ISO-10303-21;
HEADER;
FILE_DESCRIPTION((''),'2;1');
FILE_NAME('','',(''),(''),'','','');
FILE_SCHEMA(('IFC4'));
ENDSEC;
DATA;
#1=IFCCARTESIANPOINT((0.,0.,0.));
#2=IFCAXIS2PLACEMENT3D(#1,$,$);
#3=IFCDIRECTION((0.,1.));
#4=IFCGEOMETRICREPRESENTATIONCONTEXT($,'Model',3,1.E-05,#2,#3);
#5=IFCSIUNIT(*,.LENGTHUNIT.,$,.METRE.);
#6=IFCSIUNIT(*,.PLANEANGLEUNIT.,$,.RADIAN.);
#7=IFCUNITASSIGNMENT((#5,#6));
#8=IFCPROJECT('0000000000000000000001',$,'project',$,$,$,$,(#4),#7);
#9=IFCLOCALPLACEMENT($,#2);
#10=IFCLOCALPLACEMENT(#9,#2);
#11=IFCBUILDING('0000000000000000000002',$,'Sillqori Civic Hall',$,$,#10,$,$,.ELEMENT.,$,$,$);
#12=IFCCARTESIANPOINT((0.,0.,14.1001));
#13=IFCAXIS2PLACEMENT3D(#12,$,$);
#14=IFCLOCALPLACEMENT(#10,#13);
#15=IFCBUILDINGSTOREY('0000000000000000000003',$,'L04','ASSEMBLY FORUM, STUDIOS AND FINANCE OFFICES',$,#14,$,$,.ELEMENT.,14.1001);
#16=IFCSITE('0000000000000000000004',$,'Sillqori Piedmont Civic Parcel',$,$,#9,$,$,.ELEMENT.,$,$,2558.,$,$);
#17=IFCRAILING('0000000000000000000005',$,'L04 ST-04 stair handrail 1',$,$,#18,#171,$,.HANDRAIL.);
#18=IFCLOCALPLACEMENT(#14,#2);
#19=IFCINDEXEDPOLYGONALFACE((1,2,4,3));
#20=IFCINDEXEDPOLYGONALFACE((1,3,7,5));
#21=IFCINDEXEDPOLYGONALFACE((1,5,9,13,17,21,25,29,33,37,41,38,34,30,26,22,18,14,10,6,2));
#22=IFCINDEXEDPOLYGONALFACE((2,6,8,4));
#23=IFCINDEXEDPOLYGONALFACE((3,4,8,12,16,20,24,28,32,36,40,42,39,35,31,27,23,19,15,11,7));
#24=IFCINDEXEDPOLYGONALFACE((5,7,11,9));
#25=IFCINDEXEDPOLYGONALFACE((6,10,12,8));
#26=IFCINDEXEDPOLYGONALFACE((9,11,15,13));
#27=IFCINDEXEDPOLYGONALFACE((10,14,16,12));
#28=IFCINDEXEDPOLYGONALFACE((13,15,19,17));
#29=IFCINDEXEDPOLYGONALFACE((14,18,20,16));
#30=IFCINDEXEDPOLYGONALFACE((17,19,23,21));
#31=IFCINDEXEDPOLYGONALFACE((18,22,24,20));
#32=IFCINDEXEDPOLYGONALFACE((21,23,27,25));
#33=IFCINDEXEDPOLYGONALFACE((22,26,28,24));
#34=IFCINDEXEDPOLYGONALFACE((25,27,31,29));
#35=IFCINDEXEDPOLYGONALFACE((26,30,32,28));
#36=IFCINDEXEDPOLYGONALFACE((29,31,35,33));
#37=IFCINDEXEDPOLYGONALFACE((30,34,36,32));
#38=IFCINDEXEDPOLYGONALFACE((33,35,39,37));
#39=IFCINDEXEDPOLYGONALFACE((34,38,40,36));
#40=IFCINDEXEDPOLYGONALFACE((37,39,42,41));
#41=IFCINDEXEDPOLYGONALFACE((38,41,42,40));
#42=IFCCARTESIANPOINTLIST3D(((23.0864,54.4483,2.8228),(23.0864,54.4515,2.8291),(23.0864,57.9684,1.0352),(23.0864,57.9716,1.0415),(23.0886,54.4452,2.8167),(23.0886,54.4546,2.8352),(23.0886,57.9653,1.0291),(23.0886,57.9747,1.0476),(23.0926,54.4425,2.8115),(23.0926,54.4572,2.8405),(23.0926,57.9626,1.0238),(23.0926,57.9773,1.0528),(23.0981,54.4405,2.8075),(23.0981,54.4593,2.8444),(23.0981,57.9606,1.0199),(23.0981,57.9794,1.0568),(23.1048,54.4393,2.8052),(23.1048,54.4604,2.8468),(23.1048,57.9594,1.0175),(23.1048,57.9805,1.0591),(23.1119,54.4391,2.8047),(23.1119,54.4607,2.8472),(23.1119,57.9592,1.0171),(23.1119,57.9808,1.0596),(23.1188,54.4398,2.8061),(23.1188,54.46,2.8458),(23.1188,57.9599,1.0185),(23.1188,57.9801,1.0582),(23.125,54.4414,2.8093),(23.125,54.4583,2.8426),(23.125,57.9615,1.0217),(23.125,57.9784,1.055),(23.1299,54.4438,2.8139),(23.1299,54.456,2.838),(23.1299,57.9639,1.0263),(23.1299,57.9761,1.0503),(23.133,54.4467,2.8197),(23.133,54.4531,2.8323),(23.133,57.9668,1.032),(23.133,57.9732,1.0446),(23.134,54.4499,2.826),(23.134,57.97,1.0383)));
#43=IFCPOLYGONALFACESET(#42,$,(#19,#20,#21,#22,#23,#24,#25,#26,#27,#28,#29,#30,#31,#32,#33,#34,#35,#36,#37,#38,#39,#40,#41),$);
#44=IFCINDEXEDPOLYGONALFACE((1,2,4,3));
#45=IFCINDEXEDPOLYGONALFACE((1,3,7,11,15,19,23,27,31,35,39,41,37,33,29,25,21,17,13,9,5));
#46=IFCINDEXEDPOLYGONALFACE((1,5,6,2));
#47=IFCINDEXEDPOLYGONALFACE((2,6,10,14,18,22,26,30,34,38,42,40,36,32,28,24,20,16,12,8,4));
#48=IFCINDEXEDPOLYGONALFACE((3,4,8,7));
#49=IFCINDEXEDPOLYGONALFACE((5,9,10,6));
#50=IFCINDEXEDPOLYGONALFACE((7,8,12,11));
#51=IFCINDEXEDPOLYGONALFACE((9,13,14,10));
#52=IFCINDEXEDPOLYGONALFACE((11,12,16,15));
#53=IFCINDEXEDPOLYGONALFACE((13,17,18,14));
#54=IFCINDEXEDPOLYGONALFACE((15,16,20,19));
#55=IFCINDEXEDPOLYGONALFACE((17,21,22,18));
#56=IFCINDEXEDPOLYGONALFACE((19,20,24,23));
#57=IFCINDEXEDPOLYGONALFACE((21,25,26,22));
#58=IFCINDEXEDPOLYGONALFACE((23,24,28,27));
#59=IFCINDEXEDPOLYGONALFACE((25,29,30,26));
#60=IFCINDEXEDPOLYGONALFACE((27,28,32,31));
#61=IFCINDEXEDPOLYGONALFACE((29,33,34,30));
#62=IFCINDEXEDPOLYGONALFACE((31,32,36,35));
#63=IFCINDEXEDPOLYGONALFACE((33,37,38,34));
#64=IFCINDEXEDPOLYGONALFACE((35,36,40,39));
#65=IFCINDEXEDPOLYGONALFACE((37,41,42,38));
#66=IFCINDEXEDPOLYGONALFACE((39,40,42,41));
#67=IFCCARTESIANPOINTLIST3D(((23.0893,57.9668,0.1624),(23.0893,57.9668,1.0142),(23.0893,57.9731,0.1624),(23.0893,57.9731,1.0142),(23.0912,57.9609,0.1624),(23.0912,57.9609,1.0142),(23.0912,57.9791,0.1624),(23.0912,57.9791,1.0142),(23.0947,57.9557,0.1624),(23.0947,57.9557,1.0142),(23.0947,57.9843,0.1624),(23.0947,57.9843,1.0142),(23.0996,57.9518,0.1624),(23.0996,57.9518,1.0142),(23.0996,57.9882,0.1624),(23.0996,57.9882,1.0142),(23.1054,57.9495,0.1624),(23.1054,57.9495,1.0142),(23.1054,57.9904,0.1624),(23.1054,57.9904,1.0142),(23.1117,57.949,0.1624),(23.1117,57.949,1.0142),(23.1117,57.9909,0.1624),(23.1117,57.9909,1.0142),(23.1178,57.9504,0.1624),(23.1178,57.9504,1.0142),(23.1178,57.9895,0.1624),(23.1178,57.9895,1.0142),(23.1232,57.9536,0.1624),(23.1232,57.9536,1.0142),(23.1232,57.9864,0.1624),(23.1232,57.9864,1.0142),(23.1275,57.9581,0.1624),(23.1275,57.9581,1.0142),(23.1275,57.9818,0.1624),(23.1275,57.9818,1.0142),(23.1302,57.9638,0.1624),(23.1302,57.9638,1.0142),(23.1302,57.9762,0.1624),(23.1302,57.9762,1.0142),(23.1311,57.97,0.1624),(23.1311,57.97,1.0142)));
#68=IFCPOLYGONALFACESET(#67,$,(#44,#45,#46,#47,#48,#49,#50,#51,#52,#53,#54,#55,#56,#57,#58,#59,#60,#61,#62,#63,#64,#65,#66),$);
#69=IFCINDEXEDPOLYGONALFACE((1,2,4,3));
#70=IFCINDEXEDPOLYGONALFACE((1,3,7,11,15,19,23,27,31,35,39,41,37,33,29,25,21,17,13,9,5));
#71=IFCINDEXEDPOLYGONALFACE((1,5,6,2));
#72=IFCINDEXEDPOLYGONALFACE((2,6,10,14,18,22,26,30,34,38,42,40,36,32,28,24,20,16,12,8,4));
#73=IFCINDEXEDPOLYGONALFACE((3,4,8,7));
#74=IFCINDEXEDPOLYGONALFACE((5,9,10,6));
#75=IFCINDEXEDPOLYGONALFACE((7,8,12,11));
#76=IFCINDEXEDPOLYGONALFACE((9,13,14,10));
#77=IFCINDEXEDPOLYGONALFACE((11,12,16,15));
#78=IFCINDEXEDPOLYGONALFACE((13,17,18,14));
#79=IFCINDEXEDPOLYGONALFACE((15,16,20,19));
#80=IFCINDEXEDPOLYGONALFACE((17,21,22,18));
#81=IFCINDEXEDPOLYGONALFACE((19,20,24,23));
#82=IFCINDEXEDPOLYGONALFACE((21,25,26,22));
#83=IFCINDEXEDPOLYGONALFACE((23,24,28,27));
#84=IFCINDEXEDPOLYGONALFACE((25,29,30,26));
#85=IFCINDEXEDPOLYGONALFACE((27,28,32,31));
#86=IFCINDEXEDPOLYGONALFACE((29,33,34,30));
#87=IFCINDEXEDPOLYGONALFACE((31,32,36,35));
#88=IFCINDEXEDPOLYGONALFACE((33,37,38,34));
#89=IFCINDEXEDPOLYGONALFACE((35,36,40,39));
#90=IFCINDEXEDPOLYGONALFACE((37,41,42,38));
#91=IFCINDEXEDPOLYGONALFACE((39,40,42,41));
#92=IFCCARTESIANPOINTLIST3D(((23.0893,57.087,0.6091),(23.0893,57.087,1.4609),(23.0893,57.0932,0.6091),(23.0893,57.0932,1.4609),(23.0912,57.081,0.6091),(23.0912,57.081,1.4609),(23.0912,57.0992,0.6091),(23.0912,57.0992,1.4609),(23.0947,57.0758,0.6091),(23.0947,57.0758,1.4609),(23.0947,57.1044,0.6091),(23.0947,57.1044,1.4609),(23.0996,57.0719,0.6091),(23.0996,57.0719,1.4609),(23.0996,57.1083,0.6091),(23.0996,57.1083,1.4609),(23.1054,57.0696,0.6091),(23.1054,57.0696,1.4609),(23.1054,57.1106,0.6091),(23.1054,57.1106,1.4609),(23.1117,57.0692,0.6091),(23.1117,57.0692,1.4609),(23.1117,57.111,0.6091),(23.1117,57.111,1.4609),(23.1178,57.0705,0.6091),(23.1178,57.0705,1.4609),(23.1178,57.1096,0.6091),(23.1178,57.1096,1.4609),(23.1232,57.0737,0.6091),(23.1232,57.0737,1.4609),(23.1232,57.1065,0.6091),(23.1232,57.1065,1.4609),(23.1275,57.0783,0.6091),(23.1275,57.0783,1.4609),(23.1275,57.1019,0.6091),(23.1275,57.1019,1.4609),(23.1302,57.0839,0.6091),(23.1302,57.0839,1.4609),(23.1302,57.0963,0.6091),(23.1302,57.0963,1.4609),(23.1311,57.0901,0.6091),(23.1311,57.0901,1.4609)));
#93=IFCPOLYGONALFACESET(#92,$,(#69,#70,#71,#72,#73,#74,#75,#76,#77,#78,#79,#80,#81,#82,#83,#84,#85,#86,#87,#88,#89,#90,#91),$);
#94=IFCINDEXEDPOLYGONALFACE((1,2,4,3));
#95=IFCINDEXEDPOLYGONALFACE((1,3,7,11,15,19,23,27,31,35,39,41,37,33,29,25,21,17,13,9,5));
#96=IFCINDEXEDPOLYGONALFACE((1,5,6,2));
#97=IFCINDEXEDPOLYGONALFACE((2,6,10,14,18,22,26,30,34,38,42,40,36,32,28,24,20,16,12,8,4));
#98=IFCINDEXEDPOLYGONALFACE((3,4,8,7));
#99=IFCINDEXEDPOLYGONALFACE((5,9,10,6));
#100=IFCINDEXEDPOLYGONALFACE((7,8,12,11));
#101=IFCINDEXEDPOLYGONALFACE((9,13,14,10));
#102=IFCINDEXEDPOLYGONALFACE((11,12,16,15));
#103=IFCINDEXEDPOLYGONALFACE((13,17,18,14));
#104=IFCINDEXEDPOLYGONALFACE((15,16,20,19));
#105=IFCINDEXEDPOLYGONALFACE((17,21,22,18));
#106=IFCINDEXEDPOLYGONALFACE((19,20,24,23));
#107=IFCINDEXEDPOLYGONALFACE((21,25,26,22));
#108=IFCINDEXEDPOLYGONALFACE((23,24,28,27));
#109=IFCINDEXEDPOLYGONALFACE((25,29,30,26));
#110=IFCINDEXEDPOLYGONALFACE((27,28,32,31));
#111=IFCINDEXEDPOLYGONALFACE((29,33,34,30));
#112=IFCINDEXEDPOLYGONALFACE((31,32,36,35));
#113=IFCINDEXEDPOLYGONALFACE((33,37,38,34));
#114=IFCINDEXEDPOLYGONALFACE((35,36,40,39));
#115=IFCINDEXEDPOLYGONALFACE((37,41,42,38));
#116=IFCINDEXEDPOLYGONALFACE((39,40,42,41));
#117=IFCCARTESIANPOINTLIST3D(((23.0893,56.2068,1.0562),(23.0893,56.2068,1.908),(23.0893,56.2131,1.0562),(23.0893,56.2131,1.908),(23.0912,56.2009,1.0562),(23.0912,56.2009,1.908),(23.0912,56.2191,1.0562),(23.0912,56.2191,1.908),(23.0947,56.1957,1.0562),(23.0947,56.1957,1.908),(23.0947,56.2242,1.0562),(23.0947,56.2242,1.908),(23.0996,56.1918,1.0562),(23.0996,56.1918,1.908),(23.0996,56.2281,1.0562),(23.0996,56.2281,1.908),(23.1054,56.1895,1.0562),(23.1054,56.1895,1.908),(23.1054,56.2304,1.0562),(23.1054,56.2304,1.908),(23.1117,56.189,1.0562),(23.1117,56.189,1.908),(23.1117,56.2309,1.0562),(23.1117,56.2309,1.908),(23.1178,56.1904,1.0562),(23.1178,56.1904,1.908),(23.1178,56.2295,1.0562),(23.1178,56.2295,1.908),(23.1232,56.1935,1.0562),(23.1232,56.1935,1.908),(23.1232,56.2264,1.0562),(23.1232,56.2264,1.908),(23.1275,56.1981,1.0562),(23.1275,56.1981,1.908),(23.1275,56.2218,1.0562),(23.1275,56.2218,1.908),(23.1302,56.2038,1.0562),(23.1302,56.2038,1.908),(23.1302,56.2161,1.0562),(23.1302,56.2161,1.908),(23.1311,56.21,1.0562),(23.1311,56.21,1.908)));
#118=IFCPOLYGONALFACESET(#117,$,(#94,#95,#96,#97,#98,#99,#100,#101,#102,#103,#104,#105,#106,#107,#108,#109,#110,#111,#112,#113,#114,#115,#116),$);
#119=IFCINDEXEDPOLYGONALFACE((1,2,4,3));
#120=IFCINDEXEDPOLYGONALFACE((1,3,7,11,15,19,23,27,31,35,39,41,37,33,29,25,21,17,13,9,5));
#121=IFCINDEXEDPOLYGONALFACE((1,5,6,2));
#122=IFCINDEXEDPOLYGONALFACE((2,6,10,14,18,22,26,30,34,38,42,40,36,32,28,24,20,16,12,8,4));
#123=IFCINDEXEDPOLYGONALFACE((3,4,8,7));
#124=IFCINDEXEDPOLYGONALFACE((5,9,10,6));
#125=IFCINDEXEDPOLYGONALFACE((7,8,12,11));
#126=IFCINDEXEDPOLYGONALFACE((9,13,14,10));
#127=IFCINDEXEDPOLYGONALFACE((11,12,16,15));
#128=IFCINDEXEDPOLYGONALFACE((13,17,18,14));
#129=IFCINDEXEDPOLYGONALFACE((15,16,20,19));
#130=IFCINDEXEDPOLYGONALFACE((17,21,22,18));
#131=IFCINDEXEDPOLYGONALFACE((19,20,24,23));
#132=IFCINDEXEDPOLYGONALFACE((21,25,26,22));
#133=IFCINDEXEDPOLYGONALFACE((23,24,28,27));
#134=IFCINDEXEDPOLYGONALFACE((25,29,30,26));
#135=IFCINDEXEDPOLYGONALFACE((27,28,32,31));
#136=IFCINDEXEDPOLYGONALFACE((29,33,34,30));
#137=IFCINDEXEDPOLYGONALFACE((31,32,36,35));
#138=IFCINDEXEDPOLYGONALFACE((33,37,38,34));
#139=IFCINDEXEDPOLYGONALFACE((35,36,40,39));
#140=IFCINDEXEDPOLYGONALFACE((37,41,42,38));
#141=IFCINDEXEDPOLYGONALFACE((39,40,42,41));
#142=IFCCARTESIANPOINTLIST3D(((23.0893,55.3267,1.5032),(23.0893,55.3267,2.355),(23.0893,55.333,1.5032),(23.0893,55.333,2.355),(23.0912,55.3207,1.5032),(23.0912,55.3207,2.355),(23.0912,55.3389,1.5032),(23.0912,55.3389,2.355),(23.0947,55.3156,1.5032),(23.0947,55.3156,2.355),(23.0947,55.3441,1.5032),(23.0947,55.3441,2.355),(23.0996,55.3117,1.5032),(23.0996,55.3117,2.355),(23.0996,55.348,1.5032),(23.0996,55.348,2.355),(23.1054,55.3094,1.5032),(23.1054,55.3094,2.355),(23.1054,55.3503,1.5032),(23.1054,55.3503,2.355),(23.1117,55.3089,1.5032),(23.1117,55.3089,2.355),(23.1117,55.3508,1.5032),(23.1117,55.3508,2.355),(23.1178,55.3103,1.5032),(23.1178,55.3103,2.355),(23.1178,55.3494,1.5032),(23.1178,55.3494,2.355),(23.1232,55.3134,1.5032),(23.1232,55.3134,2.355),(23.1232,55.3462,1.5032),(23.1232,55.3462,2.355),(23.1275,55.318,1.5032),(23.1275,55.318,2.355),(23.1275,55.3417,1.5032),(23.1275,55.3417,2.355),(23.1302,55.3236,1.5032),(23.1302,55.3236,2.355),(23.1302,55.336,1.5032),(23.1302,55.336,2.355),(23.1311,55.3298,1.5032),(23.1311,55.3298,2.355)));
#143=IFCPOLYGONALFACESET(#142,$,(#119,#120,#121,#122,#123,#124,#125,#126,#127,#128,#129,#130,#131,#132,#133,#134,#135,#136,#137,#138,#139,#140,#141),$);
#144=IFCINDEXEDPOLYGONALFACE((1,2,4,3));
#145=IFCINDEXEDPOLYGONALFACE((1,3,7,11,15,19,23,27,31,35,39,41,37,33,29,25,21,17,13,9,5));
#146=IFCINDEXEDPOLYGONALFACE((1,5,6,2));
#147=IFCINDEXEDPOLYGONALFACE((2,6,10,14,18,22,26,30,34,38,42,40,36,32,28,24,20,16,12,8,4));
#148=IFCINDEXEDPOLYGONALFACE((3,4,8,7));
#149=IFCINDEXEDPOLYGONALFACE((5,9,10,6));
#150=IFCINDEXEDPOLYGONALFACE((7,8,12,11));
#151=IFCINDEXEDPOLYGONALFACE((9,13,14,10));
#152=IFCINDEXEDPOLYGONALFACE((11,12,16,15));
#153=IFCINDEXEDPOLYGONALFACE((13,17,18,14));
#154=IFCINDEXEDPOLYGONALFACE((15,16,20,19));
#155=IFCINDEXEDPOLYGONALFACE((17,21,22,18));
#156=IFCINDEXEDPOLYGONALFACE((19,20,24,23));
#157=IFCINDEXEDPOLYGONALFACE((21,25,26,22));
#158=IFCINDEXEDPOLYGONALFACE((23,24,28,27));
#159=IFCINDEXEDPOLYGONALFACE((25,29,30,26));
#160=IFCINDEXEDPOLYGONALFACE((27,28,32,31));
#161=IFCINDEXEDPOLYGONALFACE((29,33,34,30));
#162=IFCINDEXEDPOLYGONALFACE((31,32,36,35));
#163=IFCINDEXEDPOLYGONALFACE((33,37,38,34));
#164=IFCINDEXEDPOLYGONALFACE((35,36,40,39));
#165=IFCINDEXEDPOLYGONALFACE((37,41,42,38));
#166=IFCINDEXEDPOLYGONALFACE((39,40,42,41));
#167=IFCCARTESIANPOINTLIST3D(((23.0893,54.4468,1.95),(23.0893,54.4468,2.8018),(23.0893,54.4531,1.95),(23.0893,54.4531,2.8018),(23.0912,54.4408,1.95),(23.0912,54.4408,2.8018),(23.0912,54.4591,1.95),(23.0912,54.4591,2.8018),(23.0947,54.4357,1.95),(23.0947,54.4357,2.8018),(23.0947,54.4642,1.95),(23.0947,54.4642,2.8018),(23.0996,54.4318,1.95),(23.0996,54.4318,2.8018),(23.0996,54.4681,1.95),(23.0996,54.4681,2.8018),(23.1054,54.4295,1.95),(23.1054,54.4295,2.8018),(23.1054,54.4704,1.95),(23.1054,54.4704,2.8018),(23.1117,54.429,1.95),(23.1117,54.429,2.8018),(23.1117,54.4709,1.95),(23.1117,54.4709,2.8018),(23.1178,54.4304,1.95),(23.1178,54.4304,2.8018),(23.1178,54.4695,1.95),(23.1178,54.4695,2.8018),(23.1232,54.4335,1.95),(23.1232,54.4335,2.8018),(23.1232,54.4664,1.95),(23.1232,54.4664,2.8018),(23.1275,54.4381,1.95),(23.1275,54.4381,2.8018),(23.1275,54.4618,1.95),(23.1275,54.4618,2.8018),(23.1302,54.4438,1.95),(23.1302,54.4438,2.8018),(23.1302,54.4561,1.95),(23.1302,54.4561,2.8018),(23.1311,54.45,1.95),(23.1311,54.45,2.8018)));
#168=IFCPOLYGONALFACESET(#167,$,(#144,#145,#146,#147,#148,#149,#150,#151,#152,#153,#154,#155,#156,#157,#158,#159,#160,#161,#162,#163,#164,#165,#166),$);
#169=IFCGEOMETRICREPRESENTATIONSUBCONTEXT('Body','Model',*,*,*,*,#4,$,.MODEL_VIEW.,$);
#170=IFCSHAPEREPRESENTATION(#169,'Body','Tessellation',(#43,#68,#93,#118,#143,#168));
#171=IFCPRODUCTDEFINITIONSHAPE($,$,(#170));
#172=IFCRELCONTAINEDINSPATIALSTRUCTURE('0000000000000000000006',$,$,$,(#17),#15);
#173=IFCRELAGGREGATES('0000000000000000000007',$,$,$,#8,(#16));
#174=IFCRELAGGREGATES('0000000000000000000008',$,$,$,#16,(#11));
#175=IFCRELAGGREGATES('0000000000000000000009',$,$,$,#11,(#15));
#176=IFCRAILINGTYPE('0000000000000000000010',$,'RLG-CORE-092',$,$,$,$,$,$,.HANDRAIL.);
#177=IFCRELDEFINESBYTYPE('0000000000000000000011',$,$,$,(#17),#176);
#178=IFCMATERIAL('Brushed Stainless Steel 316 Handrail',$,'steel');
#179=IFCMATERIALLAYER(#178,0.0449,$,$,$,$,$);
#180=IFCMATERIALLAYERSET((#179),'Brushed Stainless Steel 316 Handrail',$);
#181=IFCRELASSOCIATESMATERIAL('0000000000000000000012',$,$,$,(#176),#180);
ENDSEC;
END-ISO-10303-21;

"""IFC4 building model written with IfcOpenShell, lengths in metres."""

from ifc_helpers import new_model, si_unit, direction, frame, origin, origin_2d, place, context, subcontext, project, spatial, circle, extrude, material, layer, layer_set, type_object, element, save


model = new_model("IFC4")

# Units and contexts
model_context = context("Model", 3, precision=1e-05, world=origin(), true_north=direction((0.0, 1.0)))
body_context = subcontext(model_context, "Body", "Model", "MODEL_VIEW")
ifc_project = project(units=[si_unit("LENGTHUNIT", "METRE"), si_unit("PLANEANGLEUNIT", "RADIAN")], contexts=[model_context])

# Site, building, storey
site_placement = place(None, origin())
site = spatial("IfcSite", under=ifc_project, at=site_placement, Name="Sillqori Piedmont Civic Parcel", CompositionType="ELEMENT", RefElevation=2558.0)
building_placement = place(site_placement, origin())
building = spatial("IfcBuilding", under=site, at=building_placement, Name="Sillqori Civic Hall", CompositionType="ELEMENT")
storey_placement = place(building_placement, frame((0.0, 0.0, 14.1001)))
storey = spatial("IfcBuildingStorey", under=building, at=storey_placement, Name="L04", Description="ASSEMBLY FORUM, STUDIOS AND FINANCE OFFICES", CompositionType="ELEMENT", Elevation=14.1001)

# Railing
ifc_material_1 = material(Name="Brushed Stainless Steel 316 Handrail", Category="steel")
ifc_layer_1 = layer(ifc_material_1, 0.0449)
ifc_layer_set_1 = layer_set([ifc_layer_1], Name="Brushed Stainless Steel 316 Handrail")
railing_type_1 = type_object("IfcRailingType", Name="RLG-CORE-092", PredefinedType="HANDRAIL", material=ifc_layer_set_1)
railing_1_placement = place(storey_placement, frame((23.1101, 57.97, 0.1624)))
element("IfcRailing", 1, at=railing_1_placement, inside=storey, type_object=railing_type_1, Name="L04 ST-04 stair handrail 1", PredefinedType="HANDRAIL", context=body_context, shape_type="SweptSolid", body=[
    extrude(circle(Radius=0.0239, at=origin_2d()), frame((0.0, 0.0, 0.876), z_axis=(0.0, -0.891615, 0.452795), x_axis=(1.0, 0.0, 0.0)), (0.0, 0.0, 1.0), 3.948),
    extrude(circle(Radius=0.021, at=origin_2d()), origin(), (0.0, 0.0, 1.0), 0.8518),
    extrude(circle(Radius=0.021, at=origin_2d()), frame((0.0, -0.8799, 0.4468)), (0.0, 0.0, 1.0), 0.8518),
    extrude(circle(Radius=0.021, at=origin_2d()), frame((0.0, -1.76, 0.8938)), (0.0, 0.0, 1.0), 0.8518),
    extrude(circle(Radius=0.021, at=origin_2d()), frame((0.0, -2.6401, 1.3408)), (0.0, 0.0, 1.0), 0.8518),
    extrude(circle(Radius=0.021, at=origin_2d()), frame((0.0, -3.52, 1.7876)), (0.0, 0.0, 1.0), 0.8518),
])

save(model, "model.ifc")
